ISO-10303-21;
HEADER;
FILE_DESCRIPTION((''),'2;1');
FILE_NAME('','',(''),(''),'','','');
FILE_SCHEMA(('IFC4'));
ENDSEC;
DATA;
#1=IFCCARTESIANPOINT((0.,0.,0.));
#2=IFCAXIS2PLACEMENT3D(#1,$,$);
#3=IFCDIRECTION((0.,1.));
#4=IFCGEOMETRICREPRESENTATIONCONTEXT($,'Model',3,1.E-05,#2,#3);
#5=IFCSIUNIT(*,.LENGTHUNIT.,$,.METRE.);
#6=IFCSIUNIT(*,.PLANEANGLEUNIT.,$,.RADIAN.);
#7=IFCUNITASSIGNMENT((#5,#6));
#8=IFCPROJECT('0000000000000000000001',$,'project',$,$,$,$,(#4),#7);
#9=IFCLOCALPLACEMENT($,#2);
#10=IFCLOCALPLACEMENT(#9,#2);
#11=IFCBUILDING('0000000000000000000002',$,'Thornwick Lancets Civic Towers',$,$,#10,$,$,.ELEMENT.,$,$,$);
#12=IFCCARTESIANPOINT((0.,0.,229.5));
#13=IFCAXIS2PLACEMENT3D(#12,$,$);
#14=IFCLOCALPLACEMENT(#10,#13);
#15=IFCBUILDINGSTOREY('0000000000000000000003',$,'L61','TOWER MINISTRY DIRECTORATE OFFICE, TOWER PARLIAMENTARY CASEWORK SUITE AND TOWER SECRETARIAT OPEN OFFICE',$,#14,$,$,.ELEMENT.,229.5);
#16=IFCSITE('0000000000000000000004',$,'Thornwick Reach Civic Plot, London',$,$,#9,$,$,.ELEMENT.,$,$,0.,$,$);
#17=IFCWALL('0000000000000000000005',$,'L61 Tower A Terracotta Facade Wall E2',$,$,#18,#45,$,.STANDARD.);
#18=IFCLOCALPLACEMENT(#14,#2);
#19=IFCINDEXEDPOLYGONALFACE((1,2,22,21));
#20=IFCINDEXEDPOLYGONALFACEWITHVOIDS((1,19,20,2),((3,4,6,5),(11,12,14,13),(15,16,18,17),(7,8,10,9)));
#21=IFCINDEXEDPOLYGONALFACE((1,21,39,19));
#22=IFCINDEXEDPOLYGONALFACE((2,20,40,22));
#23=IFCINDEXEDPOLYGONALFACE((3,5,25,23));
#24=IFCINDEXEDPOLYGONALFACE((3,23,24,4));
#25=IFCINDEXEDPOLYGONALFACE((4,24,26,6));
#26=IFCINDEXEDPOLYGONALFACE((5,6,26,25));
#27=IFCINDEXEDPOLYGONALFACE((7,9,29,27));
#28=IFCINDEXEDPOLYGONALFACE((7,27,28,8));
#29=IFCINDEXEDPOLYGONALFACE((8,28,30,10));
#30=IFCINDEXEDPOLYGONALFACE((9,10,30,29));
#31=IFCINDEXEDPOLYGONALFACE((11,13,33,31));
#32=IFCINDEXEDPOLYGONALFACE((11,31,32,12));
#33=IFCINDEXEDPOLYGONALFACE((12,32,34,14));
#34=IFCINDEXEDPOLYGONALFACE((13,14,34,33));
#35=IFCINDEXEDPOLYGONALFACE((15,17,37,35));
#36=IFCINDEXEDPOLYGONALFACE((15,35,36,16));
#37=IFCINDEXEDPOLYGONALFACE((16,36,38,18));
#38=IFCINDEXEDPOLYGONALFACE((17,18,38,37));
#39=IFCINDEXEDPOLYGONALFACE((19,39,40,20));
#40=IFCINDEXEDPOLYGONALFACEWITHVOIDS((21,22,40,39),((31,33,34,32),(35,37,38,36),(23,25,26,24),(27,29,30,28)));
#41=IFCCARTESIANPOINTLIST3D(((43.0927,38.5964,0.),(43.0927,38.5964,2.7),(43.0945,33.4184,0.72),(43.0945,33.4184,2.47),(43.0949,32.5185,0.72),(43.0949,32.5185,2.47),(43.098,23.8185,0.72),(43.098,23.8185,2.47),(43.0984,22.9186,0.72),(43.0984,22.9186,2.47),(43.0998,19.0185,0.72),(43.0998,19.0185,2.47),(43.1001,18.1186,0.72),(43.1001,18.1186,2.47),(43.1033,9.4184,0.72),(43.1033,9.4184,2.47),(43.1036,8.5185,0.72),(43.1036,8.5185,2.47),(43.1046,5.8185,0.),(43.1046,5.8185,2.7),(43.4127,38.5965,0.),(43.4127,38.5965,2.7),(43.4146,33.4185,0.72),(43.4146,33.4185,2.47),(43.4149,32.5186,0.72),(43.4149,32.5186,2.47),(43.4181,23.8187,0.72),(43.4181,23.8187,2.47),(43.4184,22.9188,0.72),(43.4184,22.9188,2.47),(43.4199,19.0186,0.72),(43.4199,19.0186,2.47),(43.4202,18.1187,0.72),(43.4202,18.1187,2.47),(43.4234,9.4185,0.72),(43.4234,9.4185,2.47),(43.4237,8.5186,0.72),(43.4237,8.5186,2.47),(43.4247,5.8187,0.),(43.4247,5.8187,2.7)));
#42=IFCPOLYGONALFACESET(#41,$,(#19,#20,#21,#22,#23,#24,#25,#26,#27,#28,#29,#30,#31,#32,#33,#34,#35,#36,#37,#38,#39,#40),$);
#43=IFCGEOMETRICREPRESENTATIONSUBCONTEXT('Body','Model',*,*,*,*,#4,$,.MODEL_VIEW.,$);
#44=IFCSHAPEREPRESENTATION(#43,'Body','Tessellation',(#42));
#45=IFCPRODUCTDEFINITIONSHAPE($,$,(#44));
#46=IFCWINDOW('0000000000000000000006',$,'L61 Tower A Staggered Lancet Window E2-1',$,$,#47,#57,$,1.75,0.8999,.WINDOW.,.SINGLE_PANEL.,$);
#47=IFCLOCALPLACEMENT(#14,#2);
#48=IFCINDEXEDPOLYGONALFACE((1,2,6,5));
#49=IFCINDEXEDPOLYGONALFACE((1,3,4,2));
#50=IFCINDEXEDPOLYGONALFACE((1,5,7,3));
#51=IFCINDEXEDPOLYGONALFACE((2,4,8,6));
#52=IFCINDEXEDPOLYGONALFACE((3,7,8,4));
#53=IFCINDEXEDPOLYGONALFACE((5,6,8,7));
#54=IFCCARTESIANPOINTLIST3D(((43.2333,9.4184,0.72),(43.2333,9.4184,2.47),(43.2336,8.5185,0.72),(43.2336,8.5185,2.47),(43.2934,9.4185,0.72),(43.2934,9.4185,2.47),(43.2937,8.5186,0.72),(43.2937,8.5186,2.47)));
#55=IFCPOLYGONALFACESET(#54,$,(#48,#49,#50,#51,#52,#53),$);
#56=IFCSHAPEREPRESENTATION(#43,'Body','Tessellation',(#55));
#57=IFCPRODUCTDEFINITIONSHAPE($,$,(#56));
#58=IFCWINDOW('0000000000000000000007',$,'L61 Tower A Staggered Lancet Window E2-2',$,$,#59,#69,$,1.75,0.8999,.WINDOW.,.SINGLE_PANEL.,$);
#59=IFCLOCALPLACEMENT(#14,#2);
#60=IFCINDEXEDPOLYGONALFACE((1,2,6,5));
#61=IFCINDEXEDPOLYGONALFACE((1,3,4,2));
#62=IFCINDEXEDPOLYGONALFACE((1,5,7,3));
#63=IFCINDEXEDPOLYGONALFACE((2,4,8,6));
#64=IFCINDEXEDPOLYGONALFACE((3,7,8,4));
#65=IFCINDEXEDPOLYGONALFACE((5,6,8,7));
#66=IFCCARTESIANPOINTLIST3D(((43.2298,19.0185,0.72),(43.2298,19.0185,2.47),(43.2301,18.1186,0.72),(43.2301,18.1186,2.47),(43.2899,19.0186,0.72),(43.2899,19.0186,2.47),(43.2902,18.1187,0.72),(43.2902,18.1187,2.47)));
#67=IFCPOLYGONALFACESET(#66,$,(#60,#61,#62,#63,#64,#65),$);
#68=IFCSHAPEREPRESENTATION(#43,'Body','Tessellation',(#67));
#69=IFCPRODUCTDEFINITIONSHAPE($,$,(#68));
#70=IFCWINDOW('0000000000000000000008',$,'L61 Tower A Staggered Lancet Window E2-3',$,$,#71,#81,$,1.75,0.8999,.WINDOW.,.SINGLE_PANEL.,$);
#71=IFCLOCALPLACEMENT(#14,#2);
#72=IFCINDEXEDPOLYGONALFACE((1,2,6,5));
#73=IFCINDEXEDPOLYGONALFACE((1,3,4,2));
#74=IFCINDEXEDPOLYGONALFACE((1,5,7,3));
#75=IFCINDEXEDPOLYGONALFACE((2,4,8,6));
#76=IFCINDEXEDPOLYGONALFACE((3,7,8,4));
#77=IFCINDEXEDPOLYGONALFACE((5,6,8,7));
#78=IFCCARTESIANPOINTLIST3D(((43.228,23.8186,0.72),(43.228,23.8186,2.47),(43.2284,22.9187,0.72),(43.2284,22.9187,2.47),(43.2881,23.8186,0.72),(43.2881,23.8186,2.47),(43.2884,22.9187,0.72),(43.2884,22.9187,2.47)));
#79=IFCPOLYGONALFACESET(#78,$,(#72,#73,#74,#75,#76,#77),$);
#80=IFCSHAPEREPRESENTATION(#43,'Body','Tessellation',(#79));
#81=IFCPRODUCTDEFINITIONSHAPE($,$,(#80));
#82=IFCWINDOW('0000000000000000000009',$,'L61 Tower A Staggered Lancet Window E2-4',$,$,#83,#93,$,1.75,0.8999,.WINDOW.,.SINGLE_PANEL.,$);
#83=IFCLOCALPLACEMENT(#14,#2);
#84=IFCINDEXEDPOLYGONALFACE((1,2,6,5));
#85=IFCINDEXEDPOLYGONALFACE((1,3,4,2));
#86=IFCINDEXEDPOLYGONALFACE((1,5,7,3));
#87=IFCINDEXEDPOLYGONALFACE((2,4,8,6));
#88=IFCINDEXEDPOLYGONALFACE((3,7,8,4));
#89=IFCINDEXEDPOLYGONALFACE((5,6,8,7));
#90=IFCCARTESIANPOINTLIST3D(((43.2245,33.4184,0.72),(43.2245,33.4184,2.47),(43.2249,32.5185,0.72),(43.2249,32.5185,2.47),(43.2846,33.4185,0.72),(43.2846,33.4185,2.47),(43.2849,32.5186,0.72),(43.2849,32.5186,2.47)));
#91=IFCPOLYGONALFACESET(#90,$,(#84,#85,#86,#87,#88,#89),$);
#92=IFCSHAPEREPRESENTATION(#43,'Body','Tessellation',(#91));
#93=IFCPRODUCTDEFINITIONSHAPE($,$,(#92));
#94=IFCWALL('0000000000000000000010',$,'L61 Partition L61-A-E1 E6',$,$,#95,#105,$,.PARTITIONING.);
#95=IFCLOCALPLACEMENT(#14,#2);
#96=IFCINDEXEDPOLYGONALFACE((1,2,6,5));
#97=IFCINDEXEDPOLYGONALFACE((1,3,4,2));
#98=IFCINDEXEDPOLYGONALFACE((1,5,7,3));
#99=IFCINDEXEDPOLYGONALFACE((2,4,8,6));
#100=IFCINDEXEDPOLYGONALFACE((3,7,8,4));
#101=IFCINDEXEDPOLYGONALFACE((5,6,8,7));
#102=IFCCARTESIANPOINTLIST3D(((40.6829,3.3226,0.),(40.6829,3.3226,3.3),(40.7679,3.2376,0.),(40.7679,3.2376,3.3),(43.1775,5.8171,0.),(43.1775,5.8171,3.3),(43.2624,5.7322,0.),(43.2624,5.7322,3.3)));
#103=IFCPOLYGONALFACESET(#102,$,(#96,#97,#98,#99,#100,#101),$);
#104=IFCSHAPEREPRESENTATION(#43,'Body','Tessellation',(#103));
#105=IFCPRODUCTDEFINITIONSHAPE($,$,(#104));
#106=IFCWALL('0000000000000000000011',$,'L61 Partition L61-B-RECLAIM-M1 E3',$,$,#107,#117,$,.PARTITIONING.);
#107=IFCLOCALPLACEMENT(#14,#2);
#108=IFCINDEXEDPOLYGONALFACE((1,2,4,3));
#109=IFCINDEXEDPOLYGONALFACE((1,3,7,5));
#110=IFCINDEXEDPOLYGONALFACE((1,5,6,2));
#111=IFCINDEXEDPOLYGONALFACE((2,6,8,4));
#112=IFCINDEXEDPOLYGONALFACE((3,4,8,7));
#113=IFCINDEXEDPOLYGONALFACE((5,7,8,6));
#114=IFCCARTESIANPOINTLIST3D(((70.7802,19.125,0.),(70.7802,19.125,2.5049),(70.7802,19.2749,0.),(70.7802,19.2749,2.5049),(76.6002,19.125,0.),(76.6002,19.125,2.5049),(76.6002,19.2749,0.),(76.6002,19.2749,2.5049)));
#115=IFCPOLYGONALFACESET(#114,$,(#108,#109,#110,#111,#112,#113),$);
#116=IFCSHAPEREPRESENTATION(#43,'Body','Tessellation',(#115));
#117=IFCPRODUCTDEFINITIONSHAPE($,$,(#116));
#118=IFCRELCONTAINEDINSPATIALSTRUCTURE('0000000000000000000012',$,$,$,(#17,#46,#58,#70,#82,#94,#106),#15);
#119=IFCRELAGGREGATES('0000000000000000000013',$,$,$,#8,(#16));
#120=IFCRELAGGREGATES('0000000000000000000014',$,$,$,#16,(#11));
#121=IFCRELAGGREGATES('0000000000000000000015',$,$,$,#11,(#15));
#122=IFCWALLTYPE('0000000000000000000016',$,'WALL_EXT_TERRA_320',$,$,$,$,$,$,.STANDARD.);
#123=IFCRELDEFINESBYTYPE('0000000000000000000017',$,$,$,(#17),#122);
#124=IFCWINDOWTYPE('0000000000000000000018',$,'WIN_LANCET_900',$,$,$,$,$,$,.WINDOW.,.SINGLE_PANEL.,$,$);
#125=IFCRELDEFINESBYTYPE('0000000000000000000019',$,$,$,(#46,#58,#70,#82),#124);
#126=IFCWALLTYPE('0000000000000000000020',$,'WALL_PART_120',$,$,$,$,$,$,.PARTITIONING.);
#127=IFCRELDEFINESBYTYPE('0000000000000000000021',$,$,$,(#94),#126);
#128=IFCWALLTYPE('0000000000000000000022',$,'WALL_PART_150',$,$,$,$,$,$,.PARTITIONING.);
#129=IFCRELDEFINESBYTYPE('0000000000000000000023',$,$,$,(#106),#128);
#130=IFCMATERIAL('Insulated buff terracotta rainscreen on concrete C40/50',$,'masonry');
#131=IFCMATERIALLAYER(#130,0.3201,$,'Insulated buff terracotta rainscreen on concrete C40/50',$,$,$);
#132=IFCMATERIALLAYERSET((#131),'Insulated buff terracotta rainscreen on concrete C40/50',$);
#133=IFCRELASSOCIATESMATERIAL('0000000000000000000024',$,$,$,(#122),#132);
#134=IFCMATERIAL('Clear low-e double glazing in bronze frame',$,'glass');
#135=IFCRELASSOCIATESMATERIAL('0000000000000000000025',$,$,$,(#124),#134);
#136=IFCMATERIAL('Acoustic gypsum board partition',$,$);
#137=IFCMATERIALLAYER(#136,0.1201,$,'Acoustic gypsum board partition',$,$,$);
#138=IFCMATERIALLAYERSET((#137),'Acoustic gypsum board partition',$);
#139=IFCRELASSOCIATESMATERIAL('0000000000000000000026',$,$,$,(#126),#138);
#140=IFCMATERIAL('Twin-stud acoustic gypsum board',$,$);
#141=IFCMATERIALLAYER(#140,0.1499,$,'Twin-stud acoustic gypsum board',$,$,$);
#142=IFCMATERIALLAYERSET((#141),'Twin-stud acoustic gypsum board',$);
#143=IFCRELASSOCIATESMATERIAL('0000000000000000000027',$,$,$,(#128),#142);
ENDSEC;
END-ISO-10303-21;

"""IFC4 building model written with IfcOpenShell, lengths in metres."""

from ifc_helpers import new_model, si_unit, direction, frame, frame_2d, origin, place, context, subcontext, project, spatial, rectangle, extrude, material, layer, layer_set, type_object, element, fill, save


model = new_model("IFC4")

# Units and contexts
model_context = context("Model", 3, precision=1e-05, world=origin(), true_north=direction((0.0, 1.0)))
body_context = subcontext(model_context, "Body", "Model", "MODEL_VIEW")
ifc_project = project(units=[si_unit("LENGTHUNIT", "METRE"), si_unit("PLANEANGLEUNIT", "RADIAN")], contexts=[model_context])

# Site, building, storey
site_placement = place(None, origin())
site = spatial("IfcSite", under=ifc_project, at=site_placement, Name="Thornwick Reach Civic Plot, London", CompositionType="ELEMENT", RefElevation=0.0)
building_placement = place(site_placement, origin())
building = spatial("IfcBuilding", under=site, at=building_placement, Name="Thornwick Lancets Civic Towers", CompositionType="ELEMENT")
storey_placement = place(building_placement, frame((0.0, 0.0, 229.5)))
storey = spatial("IfcBuildingStorey", under=building, at=storey_placement, Name="L61", Description="TOWER MINISTRY DIRECTORATE OFFICE, TOWER PARLIAMENTARY CASEWORK SUITE AND TOWER SECRETARIAT OPEN OFFICE", CompositionType="ELEMENT", Elevation=229.5)

# Wall, openings, windows
ifc_material_1 = material(Name="Insulated buff terracotta rainscreen on concrete C40/50", Category="masonry")
ifc_layer_1 = layer(ifc_material_1, 0.3201, Name="Insulated buff terracotta rainscreen on concrete C40/50")
ifc_layer_set_1 = layer_set([ifc_layer_1], Name="Insulated buff terracotta rainscreen on concrete C40/50")
wall_type_1 = type_object("IfcWallType", Name="WALL_EXT_TERRA_320", PredefinedType="STANDARD", material=ifc_layer_set_1)
wall_1_placement = place(storey_placement, frame((43.2646, 5.8186, 0.0), z_axis=(0.0, 0.0, 1.0), x_axis=(-0.000365, 1.0, 0.0)))
wall_1 = element("IfcWall", 1, at=wall_1_placement, inside=storey, type_object=wall_type_1, Name="L61 Tower A Terracotta Facade Wall E2", PredefinedType="STANDARD", context=body_context, shape_type="SweptSolid", body=[
    extrude(rectangle(XDim=32.7778, YDim=0.3201, at=frame_2d((16.3889, 0.0))), origin(), (0.0, 0.0, 1.0), 2.7),
])
opening_1_placement = place(wall_1_placement, frame((2.7, 0.0, 0.72)))
opening_1 = element("IfcOpeningElement", 2, at=opening_1_placement, cuts=wall_1, PredefinedType="OPENING", context=body_context, shape_type="SweptSolid", body=[
    extrude(rectangle(XDim=0.8999, YDim=1.75, at=frame_2d((0.45, 0.875))), frame((0.0, 0.1699, 0.0), z_axis=(0.0, -1.0, 0.0), x_axis=(1.0, 0.0, 0.0)), (0.0, 0.0, 1.0), 0.3401),
])
opening_2_placement = place(wall_1_placement, frame((12.3, 0.0, 0.72)))
opening_2 = element("IfcOpeningElement", 3, at=opening_2_placement, cuts=wall_1, PredefinedType="OPENING", context=body_context, shape_type="SweptSolid", body=[
    extrude(rectangle(XDim=0.8999, YDim=1.75, at=frame_2d((0.45, 0.875))), frame((0.0, 0.1699, 0.0), z_axis=(0.0, -1.0, 0.0), x_axis=(1.0, 0.0, 0.0)), (0.0, 0.0, 1.0), 0.3401),
])
opening_3_placement = place(wall_1_placement, frame((17.1001, 0.0, 0.72)))
opening_3 = element("IfcOpeningElement", 4, at=opening_3_placement, cuts=wall_1, PredefinedType="OPENING", context=body_context, shape_type="SweptSolid", body=[
    extrude(rectangle(XDim=0.8999, YDim=1.75, at=frame_2d((0.45, 0.875))), frame((0.0, 0.1699, 0.0), z_axis=(0.0, -1.0, 0.0), x_axis=(1.0, 0.0, 0.0)), (0.0, 0.0, 1.0), 0.3401),
])
opening_4_placement = place(wall_1_placement, frame((26.7, 0.0, 0.72)))
opening_4 = element("IfcOpeningElement", 5, at=opening_4_placement, cuts=wall_1, PredefinedType="OPENING", context=body_context, shape_type="SweptSolid", body=[
    extrude(rectangle(XDim=0.8999, YDim=1.75, at=frame_2d((0.45, 0.875))), frame((0.0, 0.1699, 0.0), z_axis=(0.0, -1.0, 0.0), x_axis=(1.0, 0.0, 0.0)), (0.0, 0.0, 1.0), 0.3401),
])
ifc_material_2 = material(Name="Clear low-e double glazing in bronze frame", Category="glass")
window_type = type_object("IfcWindowType", Name="WIN_LANCET_900", PartitioningType="SINGLE_PANEL", PredefinedType="WINDOW", material=ifc_material_2)
window_1_placement = place(opening_1_placement, origin())
window_1 = element("IfcWindow", 6, at=window_1_placement, inside=storey, type_object=window_type, Name="L61 Tower A Staggered Lancet Window E2-1", OverallHeight=1.75, OverallWidth=0.8999, PartitioningType="SINGLE_PANEL", PredefinedType="WINDOW", context=body_context, shape_type="SweptSolid", body=[
    extrude(rectangle(XDim=0.8999, YDim=1.75, at=frame_2d((0.45, 0.875))), frame((0.0, 0.03, 0.0), z_axis=(0.0, -1.0, 0.0), x_axis=(1.0, 0.0, 0.0)), (0.0, 0.0, 1.0), 0.0601),
])
fill(opening_1, window_1)
window_2_placement = place(opening_2_placement, origin())
window_2 = element("IfcWindow", 7, at=window_2_placement, inside=storey, type_object=window_type, Name="L61 Tower A Staggered Lancet Window E2-2", OverallHeight=1.75, OverallWidth=0.8999, PartitioningType="SINGLE_PANEL", PredefinedType="WINDOW", context=body_context, shape_type="SweptSolid", body=[
    extrude(rectangle(XDim=0.8999, YDim=1.75, at=frame_2d((0.45, 0.875))), frame((0.0, 0.03, 0.0), z_axis=(0.0, -1.0, 0.0), x_axis=(1.0, 0.0, 0.0)), (0.0, 0.0, 1.0), 0.0601),
])
fill(opening_2, window_2)
window_3_placement = place(opening_3_placement, origin())
window_3 = element("IfcWindow", 8, at=window_3_placement, inside=storey, type_object=window_type, Name="L61 Tower A Staggered Lancet Window E2-3", OverallHeight=1.75, OverallWidth=0.8999, PartitioningType="SINGLE_PANEL", PredefinedType="WINDOW", context=body_context, shape_type="SweptSolid", body=[
    extrude(rectangle(XDim=0.8999, YDim=1.75, at=frame_2d((0.45, 0.875))), frame((0.0, 0.03, 0.0), z_axis=(0.0, -1.0, 0.0), x_axis=(1.0, 0.0, 0.0)), (0.0, 0.0, 1.0), 0.0601),
])
fill(opening_3, window_3)
window_4_placement = place(opening_4_placement, origin())
window_4 = element("IfcWindow", 9, at=window_4_placement, inside=storey, type_object=window_type, Name="L61 Tower A Staggered Lancet Window E2-4", OverallHeight=1.75, OverallWidth=0.8999, PartitioningType="SINGLE_PANEL", PredefinedType="WINDOW", context=body_context, shape_type="SweptSolid", body=[
    extrude(rectangle(XDim=0.8999, YDim=1.75, at=frame_2d((0.45, 0.875))), frame((0.0, 0.03, 0.0), z_axis=(0.0, -1.0, 0.0), x_axis=(1.0, 0.0, 0.0)), (0.0, 0.0, 1.0), 0.0601),
])
fill(opening_4, window_4)

# Walls
ifc_material_3 = material(Name="Acoustic gypsum board partition")
ifc_layer_2 = layer(ifc_material_3, 0.1201, Name="Acoustic gypsum board partition")
ifc_layer_set_2 = layer_set([ifc_layer_2], Name="Acoustic gypsum board partition")
wall_type_2 = type_object("IfcWallType", Name="WALL_PART_120", PredefinedType="PARTITIONING", material=ifc_layer_set_2)
wall_2_placement = place(storey_placement, frame((43.22, 5.7747, 0.0), z_axis=(0.0, 0.0, 1.0), x_axis=(-0.707107, -0.707107, 0.0)))
element("IfcWall", 10, at=wall_2_placement, inside=storey, type_object=wall_type_2, Name="L61 Partition L61-A-E1 E6", PredefinedType="PARTITIONING", context=body_context, shape_type="SweptSolid", body=[
    extrude(rectangle(XDim=3.5278, YDim=0.1201, at=frame_2d((1.7639, 0.0))), origin(), (0.0, 0.0, 1.0), 3.3),
])
ifc_material_4 = material(Name="Twin-stud acoustic gypsum board")
ifc_layer_3 = layer(ifc_material_4, 0.1499, Name="Twin-stud acoustic gypsum board")
ifc_layer_set_3 = layer_set([ifc_layer_3], Name="Twin-stud acoustic gypsum board")
wall_type_3 = type_object("IfcWallType", Name="WALL_PART_150", PredefinedType="PARTITIONING", material=ifc_layer_set_3)
wall_3_placement = place(storey_placement, frame((70.78, 19.2, 0.0), z_axis=(0.0, 0.0, 1.0), x_axis=(1.0, 0.0, 0.0)))
element("IfcWall", 11, at=wall_3_placement, inside=storey, type_object=wall_type_3, Name="L61 Partition L61-B-RECLAIM-M1 E3", PredefinedType="PARTITIONING", context=body_context, shape_type="SweptSolid", body=[
    extrude(rectangle(XDim=5.8201, YDim=0.1499, at=frame_2d((2.9102, 0.0))), origin(), (0.0, 0.0, 1.0), 2.5049),
])

save(model, "model.ifc")
